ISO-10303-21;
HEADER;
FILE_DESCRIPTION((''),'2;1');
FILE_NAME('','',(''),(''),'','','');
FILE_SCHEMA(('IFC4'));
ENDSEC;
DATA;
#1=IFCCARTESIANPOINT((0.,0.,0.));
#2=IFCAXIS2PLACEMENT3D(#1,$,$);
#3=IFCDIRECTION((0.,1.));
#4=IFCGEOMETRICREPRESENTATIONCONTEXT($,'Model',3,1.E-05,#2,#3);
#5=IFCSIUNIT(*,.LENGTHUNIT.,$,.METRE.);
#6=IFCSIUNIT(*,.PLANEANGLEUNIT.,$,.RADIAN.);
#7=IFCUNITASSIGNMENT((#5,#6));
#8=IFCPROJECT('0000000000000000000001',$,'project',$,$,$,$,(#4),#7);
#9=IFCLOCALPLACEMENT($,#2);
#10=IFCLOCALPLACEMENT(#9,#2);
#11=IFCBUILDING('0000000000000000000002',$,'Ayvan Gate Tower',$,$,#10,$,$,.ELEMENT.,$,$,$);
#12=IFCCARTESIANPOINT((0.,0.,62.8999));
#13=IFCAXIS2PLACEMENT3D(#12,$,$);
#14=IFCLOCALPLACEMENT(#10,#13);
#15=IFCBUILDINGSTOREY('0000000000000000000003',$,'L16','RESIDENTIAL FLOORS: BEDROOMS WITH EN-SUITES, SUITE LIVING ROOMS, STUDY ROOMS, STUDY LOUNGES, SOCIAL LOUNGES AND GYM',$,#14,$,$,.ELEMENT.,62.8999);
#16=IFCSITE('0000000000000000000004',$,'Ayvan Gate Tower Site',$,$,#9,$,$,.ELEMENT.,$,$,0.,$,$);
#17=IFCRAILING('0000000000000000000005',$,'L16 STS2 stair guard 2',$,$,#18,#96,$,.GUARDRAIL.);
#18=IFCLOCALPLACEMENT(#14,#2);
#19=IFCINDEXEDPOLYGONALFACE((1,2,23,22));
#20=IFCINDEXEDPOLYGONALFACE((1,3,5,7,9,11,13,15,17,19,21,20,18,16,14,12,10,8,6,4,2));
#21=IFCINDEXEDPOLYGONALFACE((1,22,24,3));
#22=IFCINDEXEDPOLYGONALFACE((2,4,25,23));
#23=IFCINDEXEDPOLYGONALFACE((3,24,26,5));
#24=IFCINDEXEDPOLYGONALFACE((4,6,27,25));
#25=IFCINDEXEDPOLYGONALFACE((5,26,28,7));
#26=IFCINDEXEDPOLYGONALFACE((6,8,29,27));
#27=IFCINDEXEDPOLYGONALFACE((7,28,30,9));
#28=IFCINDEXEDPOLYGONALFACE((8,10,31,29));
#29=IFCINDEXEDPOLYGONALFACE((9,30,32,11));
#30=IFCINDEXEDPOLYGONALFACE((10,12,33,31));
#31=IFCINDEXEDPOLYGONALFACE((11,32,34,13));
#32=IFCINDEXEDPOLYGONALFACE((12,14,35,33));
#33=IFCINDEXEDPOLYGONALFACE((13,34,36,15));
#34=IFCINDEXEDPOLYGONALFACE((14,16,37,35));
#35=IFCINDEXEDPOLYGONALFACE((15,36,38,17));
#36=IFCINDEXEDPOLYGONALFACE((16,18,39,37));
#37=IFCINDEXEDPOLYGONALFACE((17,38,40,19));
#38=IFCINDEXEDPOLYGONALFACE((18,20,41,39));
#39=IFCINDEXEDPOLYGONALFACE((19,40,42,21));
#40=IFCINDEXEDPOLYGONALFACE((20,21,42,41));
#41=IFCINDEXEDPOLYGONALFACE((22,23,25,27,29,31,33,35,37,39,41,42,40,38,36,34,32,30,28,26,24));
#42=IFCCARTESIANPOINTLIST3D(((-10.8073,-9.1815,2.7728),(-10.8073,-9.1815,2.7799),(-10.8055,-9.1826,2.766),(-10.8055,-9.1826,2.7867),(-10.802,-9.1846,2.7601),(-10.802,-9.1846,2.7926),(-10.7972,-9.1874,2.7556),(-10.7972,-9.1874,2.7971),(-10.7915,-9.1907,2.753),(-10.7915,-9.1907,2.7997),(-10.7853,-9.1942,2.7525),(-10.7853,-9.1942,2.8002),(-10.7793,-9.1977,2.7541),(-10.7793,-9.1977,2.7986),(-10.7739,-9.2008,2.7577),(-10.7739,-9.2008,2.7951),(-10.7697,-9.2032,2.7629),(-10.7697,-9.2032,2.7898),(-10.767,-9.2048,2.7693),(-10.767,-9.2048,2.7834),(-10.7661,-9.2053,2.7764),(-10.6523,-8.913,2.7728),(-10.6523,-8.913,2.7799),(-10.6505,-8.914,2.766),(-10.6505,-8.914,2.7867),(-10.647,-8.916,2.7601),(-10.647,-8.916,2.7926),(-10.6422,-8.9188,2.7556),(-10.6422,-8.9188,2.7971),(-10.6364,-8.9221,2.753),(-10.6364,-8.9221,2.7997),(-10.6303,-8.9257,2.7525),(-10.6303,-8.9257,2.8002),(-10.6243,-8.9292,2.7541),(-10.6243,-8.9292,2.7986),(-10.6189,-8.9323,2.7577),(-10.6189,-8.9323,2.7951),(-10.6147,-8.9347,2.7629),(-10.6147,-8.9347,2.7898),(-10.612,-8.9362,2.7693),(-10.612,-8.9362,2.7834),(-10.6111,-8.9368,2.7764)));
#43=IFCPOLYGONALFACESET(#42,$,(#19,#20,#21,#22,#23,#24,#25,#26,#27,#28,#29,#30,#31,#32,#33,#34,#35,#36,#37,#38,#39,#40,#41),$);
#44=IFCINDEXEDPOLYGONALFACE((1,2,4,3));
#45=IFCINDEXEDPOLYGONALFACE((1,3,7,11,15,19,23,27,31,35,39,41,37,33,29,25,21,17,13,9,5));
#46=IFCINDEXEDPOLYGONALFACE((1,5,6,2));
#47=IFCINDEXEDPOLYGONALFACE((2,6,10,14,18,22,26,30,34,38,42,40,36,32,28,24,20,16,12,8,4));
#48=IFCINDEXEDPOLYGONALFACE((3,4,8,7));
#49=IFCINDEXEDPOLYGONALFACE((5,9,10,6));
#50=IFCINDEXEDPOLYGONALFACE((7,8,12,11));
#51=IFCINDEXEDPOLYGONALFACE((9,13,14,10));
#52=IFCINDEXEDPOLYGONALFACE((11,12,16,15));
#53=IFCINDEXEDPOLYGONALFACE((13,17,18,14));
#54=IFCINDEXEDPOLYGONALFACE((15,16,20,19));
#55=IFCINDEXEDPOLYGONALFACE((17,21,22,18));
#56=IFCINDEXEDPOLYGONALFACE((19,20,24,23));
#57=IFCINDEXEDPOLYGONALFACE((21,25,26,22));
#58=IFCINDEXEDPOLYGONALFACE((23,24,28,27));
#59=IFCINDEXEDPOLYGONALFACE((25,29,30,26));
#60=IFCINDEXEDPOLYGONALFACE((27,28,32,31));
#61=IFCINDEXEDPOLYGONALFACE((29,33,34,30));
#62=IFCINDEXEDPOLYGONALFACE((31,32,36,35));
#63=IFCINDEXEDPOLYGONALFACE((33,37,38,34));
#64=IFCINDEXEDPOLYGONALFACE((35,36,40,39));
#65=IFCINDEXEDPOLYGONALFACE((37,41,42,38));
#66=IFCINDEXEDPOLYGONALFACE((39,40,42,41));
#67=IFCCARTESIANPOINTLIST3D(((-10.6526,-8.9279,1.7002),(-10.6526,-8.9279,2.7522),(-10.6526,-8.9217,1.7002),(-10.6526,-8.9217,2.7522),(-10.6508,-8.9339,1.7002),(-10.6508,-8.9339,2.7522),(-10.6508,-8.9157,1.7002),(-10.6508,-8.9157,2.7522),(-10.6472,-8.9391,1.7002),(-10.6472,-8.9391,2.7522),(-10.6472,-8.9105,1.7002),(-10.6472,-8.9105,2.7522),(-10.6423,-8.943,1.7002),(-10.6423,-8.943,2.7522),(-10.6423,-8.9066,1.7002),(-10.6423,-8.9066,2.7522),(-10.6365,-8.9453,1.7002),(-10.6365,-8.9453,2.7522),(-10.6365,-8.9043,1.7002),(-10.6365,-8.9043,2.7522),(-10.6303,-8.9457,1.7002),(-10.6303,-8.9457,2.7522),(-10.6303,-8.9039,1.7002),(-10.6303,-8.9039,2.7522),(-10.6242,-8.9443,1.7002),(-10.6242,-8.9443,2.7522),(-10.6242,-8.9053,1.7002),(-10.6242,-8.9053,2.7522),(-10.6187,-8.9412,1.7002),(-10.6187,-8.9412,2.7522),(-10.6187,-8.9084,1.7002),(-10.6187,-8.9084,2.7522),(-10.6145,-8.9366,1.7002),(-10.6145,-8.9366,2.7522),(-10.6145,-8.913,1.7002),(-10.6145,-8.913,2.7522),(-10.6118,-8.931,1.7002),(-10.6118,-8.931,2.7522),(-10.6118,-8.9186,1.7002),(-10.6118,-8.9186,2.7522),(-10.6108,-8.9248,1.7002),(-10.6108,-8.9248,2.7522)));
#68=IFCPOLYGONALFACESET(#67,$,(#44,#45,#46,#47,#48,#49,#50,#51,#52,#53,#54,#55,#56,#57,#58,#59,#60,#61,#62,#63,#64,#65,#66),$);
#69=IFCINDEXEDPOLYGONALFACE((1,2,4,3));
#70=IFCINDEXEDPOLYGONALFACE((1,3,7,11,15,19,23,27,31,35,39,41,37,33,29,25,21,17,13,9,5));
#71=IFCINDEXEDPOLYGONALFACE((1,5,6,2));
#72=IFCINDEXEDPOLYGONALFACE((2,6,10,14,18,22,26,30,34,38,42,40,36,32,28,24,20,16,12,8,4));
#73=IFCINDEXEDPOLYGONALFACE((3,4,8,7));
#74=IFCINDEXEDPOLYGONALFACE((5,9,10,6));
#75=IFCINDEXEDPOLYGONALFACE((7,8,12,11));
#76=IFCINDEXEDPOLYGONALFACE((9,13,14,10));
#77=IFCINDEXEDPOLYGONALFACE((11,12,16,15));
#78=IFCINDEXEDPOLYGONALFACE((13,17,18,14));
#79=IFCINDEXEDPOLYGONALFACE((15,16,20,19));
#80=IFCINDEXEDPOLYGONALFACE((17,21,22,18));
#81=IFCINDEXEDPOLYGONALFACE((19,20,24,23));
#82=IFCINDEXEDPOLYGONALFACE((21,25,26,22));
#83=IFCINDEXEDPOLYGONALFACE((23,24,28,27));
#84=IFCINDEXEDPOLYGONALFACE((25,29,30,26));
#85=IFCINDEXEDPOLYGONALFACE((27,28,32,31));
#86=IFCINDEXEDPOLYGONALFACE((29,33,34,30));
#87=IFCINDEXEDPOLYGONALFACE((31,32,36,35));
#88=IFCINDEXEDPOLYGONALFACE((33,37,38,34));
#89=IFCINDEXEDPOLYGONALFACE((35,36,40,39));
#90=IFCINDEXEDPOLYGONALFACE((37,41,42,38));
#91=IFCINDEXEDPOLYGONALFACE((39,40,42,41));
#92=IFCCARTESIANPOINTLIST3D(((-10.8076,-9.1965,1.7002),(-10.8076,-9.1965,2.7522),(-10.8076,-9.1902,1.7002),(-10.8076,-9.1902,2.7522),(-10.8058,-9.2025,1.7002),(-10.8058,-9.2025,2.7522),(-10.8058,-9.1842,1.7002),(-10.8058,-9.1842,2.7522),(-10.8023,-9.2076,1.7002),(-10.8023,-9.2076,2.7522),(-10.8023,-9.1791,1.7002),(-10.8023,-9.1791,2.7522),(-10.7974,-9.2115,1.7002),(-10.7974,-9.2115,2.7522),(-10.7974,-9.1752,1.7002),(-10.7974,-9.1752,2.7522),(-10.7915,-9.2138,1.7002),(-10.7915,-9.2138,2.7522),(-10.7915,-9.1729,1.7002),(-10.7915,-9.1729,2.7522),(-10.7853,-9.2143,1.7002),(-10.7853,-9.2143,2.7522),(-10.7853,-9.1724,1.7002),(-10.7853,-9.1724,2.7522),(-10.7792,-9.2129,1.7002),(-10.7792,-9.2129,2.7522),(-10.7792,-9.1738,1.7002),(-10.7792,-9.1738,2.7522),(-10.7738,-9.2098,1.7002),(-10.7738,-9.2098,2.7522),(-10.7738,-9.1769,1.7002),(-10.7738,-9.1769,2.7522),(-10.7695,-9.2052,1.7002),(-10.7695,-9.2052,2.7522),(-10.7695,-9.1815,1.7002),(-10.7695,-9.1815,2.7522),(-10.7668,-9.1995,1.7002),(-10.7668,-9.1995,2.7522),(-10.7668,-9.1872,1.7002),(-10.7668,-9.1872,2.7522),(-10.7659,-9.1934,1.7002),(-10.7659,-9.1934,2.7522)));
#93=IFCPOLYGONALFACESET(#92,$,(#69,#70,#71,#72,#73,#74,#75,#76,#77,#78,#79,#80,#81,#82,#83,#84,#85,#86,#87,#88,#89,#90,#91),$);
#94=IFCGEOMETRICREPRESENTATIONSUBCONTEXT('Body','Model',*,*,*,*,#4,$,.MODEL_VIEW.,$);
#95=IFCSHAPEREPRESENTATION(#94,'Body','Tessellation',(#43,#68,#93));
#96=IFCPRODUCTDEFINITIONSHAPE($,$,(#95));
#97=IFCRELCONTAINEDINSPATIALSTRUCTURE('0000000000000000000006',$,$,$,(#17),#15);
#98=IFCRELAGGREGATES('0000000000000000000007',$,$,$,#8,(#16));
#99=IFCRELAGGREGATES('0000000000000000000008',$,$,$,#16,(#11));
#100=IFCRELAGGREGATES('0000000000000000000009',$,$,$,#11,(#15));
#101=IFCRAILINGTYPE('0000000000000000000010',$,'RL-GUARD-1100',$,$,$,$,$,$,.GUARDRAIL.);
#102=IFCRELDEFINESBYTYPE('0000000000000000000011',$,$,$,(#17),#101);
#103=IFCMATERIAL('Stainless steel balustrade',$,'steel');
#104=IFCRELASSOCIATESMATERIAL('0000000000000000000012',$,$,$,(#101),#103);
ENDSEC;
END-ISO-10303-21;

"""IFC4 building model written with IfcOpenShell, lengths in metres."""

from ifc_helpers import new_model, si_unit, direction, frame, origin, origin_2d, place, context, subcontext, project, spatial, circle, extrude, material, type_object, element, save


model = new_model("IFC4")

# Units and contexts
model_context = context("Model", 3, precision=1e-05, world=origin(), true_north=direction((0.0, 1.0)))
body_context = subcontext(model_context, "Body", "Model", "MODEL_VIEW")
ifc_project = project(units=[si_unit("LENGTHUNIT", "METRE"), si_unit("PLANEANGLEUNIT", "RADIAN")], contexts=[model_context])

# Site, building, storey
site_placement = place(None, origin())
site = spatial("IfcSite", under=ifc_project, at=site_placement, Name="Ayvan Gate Tower Site", CompositionType="ELEMENT", RefElevation=0.0)
building_placement = place(site_placement, origin())
building = spatial("IfcBuilding", under=site, at=building_placement, Name="Ayvan Gate Tower", CompositionType="ELEMENT")
storey_placement = place(building_placement, frame((0.0, 0.0, 62.8999)))
storey = spatial("IfcBuildingStorey", under=building, at=storey_placement, Name="L16", Description="RESIDENTIAL FLOORS: BEDROOMS WITH EN-SUITES, SUITE LIVING ROOMS, STUDY ROOMS, STUDY LOUNGES, SOCIAL LOUNGES AND GYM", CompositionType="ELEMENT", Elevation=62.8999)

# Railing
ifc_material_1 = material(Name="Stainless steel balustrade", Category="steel")
railing_type_1 = type_object("IfcRailingType", Name="RL-GUARD-1100", PredefinedType="GUARDRAIL", material=ifc_material_1)
railing_1_placement = place(storey_placement, frame((-10.6318, -8.9248, 1.7002)))
element("IfcRailing", 1, at=railing_1_placement, inside=storey, type_object=railing_type_1, Name="L16 STS2 stair guard 2", PredefinedType="GUARDRAIL", context=body_context, shape_type="SweptSolid", body=[
    extrude(circle(Radius=0.0239, at=origin_2d()), frame((0.0, 0.0, 1.0762), z_axis=(-0.49995, -0.866054, 0.0), x_axis=(0.866054, -0.49995, 0.0)), (0.0, 0.0, 1.0), 0.3101),
    extrude(circle(Radius=0.021, at=origin_2d()), origin(), (0.0, 0.0, 1.0), 1.052),
    extrude(circle(Radius=0.021, at=origin_2d()), frame((-0.155, -0.2686, 0.0)), (0.0, 0.0, 1.0), 1.052),
])

save(model, "model.ifc")
